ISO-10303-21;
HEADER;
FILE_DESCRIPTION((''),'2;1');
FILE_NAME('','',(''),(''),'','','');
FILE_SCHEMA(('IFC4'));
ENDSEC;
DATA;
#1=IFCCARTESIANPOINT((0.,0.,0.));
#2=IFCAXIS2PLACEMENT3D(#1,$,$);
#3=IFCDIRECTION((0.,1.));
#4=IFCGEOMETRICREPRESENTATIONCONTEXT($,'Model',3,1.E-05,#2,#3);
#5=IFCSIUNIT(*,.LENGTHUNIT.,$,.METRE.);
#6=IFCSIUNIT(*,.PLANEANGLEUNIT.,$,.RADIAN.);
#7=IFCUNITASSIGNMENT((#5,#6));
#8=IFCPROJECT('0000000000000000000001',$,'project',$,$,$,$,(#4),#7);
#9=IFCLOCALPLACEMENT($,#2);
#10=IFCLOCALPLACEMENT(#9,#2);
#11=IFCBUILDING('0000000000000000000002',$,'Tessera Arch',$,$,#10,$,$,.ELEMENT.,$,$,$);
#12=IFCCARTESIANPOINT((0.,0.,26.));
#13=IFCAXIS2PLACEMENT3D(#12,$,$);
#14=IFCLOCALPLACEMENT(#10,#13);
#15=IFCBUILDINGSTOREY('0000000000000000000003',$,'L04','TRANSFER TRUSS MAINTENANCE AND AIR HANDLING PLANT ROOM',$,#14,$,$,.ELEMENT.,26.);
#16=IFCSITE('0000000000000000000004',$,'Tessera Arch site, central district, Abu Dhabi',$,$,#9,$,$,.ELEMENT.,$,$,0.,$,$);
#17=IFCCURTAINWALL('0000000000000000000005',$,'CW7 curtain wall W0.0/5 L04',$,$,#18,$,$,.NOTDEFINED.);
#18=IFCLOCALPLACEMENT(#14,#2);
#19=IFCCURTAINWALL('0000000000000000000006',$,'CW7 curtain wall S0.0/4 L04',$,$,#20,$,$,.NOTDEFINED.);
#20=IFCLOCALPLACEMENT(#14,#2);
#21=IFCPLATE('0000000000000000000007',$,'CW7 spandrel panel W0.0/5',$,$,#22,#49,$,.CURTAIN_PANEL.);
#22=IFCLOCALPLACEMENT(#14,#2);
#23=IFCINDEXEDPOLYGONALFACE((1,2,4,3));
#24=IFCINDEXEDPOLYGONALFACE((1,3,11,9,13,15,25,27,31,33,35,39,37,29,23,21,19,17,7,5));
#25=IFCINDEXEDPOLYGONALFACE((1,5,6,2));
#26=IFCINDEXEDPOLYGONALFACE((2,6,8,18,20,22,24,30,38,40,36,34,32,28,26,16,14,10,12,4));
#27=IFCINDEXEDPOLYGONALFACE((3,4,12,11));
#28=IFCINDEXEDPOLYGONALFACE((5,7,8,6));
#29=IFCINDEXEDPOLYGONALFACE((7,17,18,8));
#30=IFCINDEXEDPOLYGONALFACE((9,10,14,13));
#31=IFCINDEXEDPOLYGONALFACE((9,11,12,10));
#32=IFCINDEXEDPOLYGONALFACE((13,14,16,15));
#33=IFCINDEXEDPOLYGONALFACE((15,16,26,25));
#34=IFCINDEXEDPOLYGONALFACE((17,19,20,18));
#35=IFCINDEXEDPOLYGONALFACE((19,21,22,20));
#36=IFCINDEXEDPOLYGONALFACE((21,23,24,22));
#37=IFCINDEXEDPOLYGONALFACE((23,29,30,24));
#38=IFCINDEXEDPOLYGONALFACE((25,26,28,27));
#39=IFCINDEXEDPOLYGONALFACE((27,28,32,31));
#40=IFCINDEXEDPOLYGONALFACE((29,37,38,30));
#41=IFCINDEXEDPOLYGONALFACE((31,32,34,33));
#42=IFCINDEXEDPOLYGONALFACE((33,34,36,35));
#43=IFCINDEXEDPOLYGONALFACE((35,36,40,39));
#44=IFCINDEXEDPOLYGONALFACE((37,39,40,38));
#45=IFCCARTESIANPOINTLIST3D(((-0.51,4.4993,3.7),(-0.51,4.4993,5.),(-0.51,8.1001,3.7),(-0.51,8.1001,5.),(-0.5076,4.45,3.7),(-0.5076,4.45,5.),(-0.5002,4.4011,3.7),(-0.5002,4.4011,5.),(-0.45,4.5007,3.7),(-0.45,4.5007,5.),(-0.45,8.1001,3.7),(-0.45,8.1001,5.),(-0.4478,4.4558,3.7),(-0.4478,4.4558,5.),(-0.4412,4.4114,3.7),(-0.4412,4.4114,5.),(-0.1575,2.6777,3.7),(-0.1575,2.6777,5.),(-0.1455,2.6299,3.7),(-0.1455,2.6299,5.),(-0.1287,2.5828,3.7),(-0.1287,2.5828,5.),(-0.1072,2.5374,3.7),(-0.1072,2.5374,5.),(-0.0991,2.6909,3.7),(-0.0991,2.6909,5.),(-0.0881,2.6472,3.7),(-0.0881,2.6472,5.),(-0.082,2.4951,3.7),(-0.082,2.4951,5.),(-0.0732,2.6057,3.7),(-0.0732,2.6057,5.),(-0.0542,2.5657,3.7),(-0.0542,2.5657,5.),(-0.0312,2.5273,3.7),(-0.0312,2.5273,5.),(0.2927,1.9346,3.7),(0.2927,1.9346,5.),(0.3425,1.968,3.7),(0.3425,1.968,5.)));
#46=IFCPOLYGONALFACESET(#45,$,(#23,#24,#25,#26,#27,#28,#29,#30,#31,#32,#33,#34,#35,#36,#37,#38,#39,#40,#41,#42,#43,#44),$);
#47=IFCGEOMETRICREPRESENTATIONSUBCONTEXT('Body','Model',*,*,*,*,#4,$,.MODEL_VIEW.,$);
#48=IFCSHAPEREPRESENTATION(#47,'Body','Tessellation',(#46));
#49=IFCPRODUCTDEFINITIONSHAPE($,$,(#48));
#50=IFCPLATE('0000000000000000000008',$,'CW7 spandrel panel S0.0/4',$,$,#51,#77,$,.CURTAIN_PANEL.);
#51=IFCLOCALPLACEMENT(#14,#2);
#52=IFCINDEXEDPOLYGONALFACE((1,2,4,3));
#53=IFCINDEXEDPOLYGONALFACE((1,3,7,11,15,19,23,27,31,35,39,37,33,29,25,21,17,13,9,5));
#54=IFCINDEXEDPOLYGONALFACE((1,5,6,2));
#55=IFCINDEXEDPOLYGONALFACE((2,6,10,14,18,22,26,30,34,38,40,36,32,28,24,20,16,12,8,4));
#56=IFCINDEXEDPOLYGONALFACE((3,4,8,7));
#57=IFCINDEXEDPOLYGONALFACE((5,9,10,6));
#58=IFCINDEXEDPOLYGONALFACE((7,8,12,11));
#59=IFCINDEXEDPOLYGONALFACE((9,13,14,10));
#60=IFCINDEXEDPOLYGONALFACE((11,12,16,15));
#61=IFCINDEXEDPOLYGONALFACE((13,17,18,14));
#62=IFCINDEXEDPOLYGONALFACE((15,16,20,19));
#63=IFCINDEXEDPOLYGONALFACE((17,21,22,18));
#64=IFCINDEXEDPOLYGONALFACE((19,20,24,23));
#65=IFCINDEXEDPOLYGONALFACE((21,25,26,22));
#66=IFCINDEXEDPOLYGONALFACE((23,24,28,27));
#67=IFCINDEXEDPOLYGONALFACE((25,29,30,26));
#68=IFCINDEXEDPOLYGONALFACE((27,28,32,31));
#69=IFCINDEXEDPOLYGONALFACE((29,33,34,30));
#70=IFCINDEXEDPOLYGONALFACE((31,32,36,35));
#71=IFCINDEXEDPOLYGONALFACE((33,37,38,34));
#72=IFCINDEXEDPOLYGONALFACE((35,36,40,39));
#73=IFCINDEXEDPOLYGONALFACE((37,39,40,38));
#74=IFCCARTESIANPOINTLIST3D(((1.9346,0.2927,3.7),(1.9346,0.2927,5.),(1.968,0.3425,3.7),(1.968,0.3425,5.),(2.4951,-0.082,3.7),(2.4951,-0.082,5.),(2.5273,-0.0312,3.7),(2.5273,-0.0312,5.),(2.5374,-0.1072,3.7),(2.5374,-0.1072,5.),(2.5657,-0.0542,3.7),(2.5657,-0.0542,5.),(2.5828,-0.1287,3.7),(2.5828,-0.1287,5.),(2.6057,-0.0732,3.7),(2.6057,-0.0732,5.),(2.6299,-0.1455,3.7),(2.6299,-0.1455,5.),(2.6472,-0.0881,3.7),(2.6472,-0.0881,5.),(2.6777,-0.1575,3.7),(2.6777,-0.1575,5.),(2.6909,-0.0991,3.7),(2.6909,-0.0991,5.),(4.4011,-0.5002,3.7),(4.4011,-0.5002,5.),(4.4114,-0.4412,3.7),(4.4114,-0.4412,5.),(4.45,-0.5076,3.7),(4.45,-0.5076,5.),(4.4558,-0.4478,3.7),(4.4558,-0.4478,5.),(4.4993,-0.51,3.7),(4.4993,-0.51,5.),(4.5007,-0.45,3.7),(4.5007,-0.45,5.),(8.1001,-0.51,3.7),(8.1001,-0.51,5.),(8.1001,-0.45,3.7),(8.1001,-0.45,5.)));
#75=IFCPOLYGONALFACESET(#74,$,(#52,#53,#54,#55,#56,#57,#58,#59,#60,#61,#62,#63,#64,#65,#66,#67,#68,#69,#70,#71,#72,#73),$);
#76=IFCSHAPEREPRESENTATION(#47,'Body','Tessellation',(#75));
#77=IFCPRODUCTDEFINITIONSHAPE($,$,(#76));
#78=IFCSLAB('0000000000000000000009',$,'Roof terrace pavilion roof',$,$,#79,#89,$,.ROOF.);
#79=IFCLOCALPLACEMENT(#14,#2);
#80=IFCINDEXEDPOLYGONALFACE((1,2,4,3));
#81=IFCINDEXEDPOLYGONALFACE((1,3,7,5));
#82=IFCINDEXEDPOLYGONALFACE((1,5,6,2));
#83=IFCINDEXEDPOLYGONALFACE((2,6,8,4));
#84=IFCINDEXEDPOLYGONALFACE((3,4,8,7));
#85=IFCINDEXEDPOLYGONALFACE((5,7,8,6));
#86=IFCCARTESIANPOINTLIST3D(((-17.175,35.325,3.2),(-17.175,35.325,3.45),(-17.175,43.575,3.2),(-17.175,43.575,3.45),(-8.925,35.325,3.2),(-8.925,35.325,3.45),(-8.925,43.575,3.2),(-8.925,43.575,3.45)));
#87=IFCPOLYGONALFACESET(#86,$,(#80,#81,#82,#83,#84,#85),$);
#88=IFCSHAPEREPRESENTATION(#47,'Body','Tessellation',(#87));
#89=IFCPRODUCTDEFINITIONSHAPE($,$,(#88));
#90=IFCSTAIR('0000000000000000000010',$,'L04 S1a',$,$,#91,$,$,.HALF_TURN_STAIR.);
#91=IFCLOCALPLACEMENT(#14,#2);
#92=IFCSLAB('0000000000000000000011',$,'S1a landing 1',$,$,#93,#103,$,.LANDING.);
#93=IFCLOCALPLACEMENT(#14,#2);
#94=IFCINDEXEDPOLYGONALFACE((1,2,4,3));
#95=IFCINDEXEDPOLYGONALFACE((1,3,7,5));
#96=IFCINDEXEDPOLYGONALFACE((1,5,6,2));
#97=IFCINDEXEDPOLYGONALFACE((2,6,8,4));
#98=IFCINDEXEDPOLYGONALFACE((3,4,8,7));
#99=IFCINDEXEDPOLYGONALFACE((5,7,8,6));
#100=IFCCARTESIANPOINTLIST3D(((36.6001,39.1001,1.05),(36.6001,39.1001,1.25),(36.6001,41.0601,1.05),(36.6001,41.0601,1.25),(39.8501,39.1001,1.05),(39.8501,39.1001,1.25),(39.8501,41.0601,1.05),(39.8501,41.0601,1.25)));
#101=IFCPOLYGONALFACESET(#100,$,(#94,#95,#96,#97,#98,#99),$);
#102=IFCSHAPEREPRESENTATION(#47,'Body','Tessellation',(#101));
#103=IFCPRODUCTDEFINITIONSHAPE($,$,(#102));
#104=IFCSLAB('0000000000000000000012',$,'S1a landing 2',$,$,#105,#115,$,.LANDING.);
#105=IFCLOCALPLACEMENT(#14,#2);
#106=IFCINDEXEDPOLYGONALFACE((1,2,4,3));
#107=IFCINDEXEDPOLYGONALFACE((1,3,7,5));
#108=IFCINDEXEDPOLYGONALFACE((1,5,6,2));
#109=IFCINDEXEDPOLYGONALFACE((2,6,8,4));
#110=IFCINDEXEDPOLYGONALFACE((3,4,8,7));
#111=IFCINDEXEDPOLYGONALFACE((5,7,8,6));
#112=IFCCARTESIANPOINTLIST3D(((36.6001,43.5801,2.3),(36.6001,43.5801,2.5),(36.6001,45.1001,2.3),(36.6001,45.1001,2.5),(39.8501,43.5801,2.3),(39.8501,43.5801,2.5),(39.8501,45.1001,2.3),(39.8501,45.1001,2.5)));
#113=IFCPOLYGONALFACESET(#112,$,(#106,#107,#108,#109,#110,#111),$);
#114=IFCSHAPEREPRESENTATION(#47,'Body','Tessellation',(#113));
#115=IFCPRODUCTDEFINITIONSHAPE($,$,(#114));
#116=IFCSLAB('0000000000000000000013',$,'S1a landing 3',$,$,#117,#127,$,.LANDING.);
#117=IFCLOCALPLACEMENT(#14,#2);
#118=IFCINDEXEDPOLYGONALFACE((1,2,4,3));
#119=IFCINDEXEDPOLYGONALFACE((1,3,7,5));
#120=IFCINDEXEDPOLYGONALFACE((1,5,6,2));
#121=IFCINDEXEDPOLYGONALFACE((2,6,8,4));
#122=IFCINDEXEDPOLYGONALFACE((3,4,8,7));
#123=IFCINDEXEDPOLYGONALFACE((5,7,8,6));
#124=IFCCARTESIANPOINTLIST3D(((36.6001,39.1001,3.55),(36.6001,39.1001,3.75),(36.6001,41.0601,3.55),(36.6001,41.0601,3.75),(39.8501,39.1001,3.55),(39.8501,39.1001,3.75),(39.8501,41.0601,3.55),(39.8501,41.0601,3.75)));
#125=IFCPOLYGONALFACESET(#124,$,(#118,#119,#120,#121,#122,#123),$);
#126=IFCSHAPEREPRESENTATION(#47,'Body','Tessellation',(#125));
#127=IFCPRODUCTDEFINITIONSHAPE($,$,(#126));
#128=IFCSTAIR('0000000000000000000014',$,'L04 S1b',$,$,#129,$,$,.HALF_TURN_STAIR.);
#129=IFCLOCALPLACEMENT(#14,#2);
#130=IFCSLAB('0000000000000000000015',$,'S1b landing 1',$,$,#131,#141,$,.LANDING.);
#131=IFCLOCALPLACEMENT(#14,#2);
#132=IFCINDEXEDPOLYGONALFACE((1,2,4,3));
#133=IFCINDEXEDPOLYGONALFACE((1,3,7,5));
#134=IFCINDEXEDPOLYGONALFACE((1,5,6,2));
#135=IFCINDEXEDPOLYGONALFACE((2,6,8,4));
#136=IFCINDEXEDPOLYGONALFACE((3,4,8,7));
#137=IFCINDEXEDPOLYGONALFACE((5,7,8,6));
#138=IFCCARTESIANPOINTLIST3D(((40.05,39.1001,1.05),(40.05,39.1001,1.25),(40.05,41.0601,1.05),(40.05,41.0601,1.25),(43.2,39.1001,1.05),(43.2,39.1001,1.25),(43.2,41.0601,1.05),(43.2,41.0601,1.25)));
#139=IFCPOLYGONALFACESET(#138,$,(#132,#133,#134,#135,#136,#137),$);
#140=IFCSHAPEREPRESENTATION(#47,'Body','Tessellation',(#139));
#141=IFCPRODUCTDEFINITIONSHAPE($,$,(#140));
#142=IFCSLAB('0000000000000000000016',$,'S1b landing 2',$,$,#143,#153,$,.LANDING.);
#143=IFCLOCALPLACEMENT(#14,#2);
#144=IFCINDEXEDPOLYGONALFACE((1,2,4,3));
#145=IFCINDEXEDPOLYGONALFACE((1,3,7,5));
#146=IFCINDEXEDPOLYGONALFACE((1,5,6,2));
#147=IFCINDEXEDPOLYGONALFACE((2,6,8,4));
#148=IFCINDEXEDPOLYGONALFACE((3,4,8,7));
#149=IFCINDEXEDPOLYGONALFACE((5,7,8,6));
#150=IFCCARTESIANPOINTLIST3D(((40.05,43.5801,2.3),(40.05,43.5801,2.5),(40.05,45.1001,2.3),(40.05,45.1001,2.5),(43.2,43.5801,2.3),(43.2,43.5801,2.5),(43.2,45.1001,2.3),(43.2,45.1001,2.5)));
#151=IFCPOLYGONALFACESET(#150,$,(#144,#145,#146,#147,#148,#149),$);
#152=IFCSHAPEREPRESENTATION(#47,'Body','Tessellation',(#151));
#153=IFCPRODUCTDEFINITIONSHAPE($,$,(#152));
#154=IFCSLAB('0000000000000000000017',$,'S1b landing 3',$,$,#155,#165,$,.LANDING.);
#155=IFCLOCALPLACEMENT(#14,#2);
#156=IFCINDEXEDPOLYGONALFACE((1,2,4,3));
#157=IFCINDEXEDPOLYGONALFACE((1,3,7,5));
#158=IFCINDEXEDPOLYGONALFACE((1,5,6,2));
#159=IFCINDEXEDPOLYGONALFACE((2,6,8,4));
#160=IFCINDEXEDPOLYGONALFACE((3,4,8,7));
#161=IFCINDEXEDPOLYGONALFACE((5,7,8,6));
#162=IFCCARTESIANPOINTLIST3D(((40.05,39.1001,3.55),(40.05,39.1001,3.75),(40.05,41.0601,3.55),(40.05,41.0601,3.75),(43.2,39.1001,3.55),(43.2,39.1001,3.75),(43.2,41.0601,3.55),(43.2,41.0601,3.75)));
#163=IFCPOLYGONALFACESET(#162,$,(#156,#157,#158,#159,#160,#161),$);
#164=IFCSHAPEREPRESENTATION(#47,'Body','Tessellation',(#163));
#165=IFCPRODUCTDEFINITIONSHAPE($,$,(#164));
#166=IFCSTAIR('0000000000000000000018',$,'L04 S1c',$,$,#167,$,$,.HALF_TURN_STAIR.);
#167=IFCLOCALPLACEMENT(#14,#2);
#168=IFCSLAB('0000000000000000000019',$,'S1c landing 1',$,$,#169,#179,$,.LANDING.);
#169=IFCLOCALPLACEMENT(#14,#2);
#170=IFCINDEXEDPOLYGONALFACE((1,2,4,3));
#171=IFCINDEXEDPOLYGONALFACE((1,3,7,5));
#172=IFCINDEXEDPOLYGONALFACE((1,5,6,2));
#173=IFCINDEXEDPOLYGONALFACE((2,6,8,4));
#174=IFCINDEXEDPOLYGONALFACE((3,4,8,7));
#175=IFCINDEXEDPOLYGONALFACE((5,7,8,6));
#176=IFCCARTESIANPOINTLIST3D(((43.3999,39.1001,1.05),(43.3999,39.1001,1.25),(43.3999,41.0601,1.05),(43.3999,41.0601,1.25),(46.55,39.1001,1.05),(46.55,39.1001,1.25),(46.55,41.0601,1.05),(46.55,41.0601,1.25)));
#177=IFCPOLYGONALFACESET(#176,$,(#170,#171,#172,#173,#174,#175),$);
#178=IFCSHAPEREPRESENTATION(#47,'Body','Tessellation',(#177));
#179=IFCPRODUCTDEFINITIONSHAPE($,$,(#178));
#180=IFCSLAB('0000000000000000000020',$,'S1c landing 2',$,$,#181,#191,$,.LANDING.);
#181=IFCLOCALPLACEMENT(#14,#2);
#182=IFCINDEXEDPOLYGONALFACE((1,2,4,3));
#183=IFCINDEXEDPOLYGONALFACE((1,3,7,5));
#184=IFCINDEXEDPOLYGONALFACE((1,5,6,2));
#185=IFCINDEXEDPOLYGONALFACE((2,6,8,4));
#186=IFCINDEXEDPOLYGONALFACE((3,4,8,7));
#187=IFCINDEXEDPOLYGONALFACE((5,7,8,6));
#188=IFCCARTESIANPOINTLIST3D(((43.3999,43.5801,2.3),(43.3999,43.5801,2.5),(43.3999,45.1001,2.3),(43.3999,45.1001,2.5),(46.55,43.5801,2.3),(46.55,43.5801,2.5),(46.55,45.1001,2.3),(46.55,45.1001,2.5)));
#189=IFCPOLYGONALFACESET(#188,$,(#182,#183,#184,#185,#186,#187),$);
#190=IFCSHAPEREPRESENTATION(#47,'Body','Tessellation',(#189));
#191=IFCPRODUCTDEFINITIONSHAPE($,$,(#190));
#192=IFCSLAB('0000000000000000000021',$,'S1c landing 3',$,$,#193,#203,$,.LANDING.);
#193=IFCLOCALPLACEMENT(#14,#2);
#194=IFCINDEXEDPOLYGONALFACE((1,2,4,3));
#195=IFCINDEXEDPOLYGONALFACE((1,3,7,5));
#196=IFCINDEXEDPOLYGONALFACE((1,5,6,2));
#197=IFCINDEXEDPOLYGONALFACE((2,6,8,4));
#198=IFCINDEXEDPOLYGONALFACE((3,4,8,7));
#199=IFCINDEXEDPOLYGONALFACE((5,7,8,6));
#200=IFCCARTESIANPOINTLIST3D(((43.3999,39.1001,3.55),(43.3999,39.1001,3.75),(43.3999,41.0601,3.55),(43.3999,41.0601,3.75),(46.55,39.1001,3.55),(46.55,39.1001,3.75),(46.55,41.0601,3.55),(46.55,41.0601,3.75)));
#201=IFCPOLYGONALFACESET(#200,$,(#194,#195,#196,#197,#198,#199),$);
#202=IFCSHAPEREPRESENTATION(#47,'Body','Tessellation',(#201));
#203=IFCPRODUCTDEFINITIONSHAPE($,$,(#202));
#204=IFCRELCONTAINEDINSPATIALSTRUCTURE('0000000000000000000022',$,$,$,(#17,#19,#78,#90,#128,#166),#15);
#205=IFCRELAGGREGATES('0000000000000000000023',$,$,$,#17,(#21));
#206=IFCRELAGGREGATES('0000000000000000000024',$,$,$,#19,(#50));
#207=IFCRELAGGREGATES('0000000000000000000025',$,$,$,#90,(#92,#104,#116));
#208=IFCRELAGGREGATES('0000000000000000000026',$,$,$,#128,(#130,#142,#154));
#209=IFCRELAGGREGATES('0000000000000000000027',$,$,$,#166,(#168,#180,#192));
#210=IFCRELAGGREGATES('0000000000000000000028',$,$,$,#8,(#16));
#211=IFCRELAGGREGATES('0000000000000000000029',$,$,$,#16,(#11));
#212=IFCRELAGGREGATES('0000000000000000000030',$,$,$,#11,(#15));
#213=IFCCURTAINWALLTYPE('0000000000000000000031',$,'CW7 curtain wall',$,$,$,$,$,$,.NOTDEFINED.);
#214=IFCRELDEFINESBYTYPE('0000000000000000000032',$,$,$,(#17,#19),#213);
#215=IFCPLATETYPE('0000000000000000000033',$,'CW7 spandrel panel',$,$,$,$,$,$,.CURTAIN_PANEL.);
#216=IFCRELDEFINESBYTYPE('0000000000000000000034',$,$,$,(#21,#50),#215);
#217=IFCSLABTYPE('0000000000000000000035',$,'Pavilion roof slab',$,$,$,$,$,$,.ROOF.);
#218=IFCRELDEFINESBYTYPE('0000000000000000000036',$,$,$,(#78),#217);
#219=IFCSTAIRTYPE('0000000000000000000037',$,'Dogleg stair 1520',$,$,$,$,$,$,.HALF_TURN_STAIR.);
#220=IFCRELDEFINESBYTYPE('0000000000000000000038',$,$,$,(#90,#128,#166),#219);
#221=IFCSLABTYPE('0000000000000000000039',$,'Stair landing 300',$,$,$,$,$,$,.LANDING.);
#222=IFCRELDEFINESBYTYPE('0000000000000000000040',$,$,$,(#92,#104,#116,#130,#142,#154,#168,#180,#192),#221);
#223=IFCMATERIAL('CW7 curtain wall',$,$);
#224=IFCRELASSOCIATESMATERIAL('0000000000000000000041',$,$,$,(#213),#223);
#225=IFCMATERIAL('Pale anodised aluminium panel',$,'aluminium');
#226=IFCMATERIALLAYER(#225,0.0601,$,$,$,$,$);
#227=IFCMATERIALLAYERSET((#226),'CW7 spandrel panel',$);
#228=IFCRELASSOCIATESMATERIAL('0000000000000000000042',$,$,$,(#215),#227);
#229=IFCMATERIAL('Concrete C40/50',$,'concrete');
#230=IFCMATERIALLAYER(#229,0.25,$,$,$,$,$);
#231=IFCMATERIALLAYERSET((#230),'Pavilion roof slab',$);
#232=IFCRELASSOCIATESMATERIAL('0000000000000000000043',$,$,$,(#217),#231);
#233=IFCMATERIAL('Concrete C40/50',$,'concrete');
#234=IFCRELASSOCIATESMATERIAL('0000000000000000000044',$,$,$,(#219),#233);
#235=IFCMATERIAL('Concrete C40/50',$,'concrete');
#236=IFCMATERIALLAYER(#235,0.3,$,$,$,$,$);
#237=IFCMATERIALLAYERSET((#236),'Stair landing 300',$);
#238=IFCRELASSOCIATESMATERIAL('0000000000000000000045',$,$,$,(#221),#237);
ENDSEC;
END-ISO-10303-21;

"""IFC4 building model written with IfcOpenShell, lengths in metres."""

from ifc_helpers import new_model, si_unit, direction, frame, origin, place, context, subcontext, project, spatial, polyline, outline, extrude, material, layer, layer_set, type_object, element, aggregate, save


model = new_model("IFC4")

# Units and contexts
model_context = context("Model", 3, precision=1e-05, world=origin(), true_north=direction((0.0, 1.0)))
body_context = subcontext(model_context, "Body", "Model", "MODEL_VIEW")
ifc_project = project(units=[si_unit("LENGTHUNIT", "METRE"), si_unit("PLANEANGLEUNIT", "RADIAN")], contexts=[model_context])

# Site, building, storey
site_placement = place(None, origin())
site = spatial("IfcSite", under=ifc_project, at=site_placement, Name="Tessera Arch site, central district, Abu Dhabi", CompositionType="ELEMENT", RefElevation=0.0)
building_placement = place(site_placement, origin())
building = spatial("IfcBuilding", under=site, at=building_placement, Name="Tessera Arch", CompositionType="ELEMENT")
storey_placement = place(building_placement, frame((0.0, 0.0, 26.0)))
storey = spatial("IfcBuildingStorey", under=building, at=storey_placement, Name="L04", Description="TRANSFER TRUSS MAINTENANCE AND AIR HANDLING PLANT ROOM", CompositionType="ELEMENT", Elevation=26.0)

# Curtain walls
ifc_material_1 = material(Name="CW7 curtain wall")
curtain_wall_type = type_object("IfcCurtainWallType", Name="CW7 curtain wall", PredefinedType="NOTDEFINED", material=ifc_material_1)
curtain_wall_1_placement = place(storey_placement, origin())
curtain_wall_1 = element("IfcCurtainWall", 1, at=curtain_wall_1_placement, inside=storey, type_object=curtain_wall_type, Name="CW7 curtain wall W0.0/5 L04", PredefinedType="NOTDEFINED")
curtain_wall_2_placement = place(storey_placement, origin())
curtain_wall_2 = element("IfcCurtainWall", 2, at=curtain_wall_2_placement, inside=storey, type_object=curtain_wall_type, Name="CW7 curtain wall S0.0/4 L04", PredefinedType="NOTDEFINED")

# Plates
ifc_material_2 = material(Name="Pale anodised aluminium panel", Category="aluminium")
ifc_layer_1 = layer(ifc_material_2, 0.0601)
ifc_layer_set_1 = layer_set([ifc_layer_1], Name="CW7 spandrel panel")
plate_type = type_object("IfcPlateType", Name="CW7 spandrel panel", PredefinedType="CURTAIN_PANEL", material=ifc_layer_set_1)
plate_1_placement = place(storey_placement, frame((0.0, 0.0, 3.7)))
plate_1 = element("IfcPlate", 3, at=plate_1_placement, type_object=plate_type, Name="CW7 spandrel panel W0.0/5", PredefinedType="CURTAIN_PANEL", context=body_context, shape_type="SweptSolid", body=[
    extrude(outline(polyline([(-0.45, 4.5007), (-0.45, 8.1001), (-0.51, 8.1001), (-0.51, 4.4993), (-0.5076, 4.45), (-0.5002, 4.4011), (-0.1575, 2.6777), (-0.1455, 2.6299), (-0.1287, 2.5828), (-0.1072, 2.5374), (-0.082, 2.4951), (0.2927, 1.9346), (0.3425, 1.968), (-0.0312, 2.5273), (-0.0542, 2.5657), (-0.0732, 2.6057), (-0.0881, 2.6472), (-0.0991, 2.6909), (-0.4412, 4.4114), (-0.4478, 4.4558), (-0.45, 4.5007)])), origin(), (0.0, 0.0, 1.0), 1.3),
])
aggregate(curtain_wall_1, [plate_1])
plate_2_placement = place(storey_placement, frame((0.0, 0.0, 3.7)))
plate_2 = element("IfcPlate", 4, at=plate_2_placement, type_object=plate_type, Name="CW7 spandrel panel S0.0/4", PredefinedType="CURTAIN_PANEL", context=body_context, shape_type="SweptSolid", body=[
    extrude(outline(polyline([(2.5273, -0.0312), (1.968, 0.3425), (1.9346, 0.2927), (2.4951, -0.082), (2.5374, -0.1072), (2.5828, -0.1287), (2.6299, -0.1455), (2.6777, -0.1575), (4.4011, -0.5002), (4.45, -0.5076), (4.4993, -0.51), (8.1001, -0.51), (8.1001, -0.45), (4.5007, -0.45), (4.4558, -0.4478), (4.4114, -0.4412), (2.6909, -0.0991), (2.6472, -0.0881), (2.6057, -0.0732), (2.5657, -0.0542), (2.5273, -0.0312)])), origin(), (0.0, 0.0, 1.0), 1.3),
])
aggregate(curtain_wall_2, [plate_2])

# Slab
ifc_material_3 = material(Name="Concrete C40/50", Category="concrete")
ifc_layer_2 = layer(ifc_material_3, 0.25)
ifc_layer_set_2 = layer_set([ifc_layer_2], Name="Pavilion roof slab")
slab_type_1 = type_object("IfcSlabType", Name="Pavilion roof slab", PredefinedType="ROOF", material=ifc_layer_set_2)
slab_1_placement = place(storey_placement, frame((0.0, 0.0, 3.2)))
element("IfcSlab", 5, at=slab_1_placement, inside=storey, type_object=slab_type_1, Name="Roof terrace pavilion roof", PredefinedType="ROOF", context=body_context, shape_type="SweptSolid", body=[
    extrude(outline(polyline([(-17.175, 35.325), (-8.925, 35.325), (-8.925, 43.575), (-17.175, 43.575), (-17.175, 35.325)])), origin(), (0.0, 0.0, 1.0), 0.25),
])

# Stairs, slabs
ifc_material_4 = material(Name="Concrete C40/50", Category="concrete")
stair_type_1 = type_object("IfcStairType", Name="Dogleg stair 1520", PredefinedType="HALF_TURN_STAIR", material=ifc_material_4)
stair_1_placement = place(storey_placement, origin())
stair_1 = element("IfcStair", 6, at=stair_1_placement, inside=storey, type_object=stair_type_1, Name="L04 S1a", PredefinedType="HALF_TURN_STAIR")
ifc_material_5 = material(Name="Concrete C40/50", Category="concrete")
ifc_layer_3 = layer(ifc_material_5, 0.3)
ifc_layer_set_3 = layer_set([ifc_layer_3], Name="Stair landing 300")
slab_type_2 = type_object("IfcSlabType", Name="Stair landing 300", PredefinedType="LANDING", material=ifc_layer_set_3)
slab_2_placement = place(storey_placement, frame((0.0, 0.0, 1.05)))
slab_2 = element("IfcSlab", 7, at=slab_2_placement, type_object=slab_type_2, Name="S1a landing 1", PredefinedType="LANDING", context=body_context, shape_type="SweptSolid", body=[
    extrude(outline(polyline([(36.6001, 41.0601), (36.6001, 39.1001), (39.8501, 39.1001), (39.8501, 41.0601), (36.6001, 41.0601)])), origin(), (0.0, 0.0, 1.0), 0.2),
])
slab_3_placement = place(storey_placement, frame((0.0, 0.0, 2.3)))
slab_3 = element("IfcSlab", 8, at=slab_3_placement, type_object=slab_type_2, Name="S1a landing 2", PredefinedType="LANDING", context=body_context, shape_type="SweptSolid", body=[
    extrude(outline(polyline([(36.6001, 45.1001), (36.6001, 43.5801), (39.8501, 43.5801), (39.8501, 45.1001), (36.6001, 45.1001)])), origin(), (0.0, 0.0, 1.0), 0.2),
])
slab_4_placement = place(storey_placement, frame((0.0, 0.0, 3.55)))
slab_4 = element("IfcSlab", 9, at=slab_4_placement, type_object=slab_type_2, Name="S1a landing 3", PredefinedType="LANDING", context=body_context, shape_type="SweptSolid", body=[
    extrude(outline(polyline([(36.6001, 41.0601), (36.6001, 39.1001), (39.8501, 39.1001), (39.8501, 41.0601), (36.6001, 41.0601)])), origin(), (0.0, 0.0, 1.0), 0.2),
])
aggregate(stair_1, [slab_2, slab_3, slab_4])
stair_2_placement = place(storey_placement, origin())
stair_2 = element("IfcStair", 10, at=stair_2_placement, inside=storey, type_object=stair_type_1, Name="L04 S1b", PredefinedType="HALF_TURN_STAIR")
slab_5_placement = place(storey_placement, frame((0.0, 0.0, 1.05)))
slab_5 = element("IfcSlab", 11, at=slab_5_placement, type_object=slab_type_2, Name="S1b landing 1", PredefinedType="LANDING", context=body_context, shape_type="SweptSolid", body=[
    extrude(outline(polyline([(40.05, 41.0601), (40.05, 39.1001), (43.2, 39.1001), (43.2, 41.0601), (40.05, 41.0601)])), origin(), (0.0, 0.0, 1.0), 0.2),
])
slab_6_placement = place(storey_placement, frame((0.0, 0.0, 2.3)))
slab_6 = element("IfcSlab", 12, at=slab_6_placement, type_object=slab_type_2, Name="S1b landing 2", PredefinedType="LANDING", context=body_context, shape_type="SweptSolid", body=[
    extrude(outline(polyline([(40.05, 45.1001), (40.05, 43.5801), (43.2, 43.5801), (43.2, 45.1001), (40.05, 45.1001)])), origin(), (0.0, 0.0, 1.0), 0.2),
])
slab_7_placement = place(storey_placement, frame((0.0, 0.0, 3.55)))
slab_7 = element("IfcSlab", 13, at=slab_7_placement, type_object=slab_type_2, Name="S1b landing 3", PredefinedType="LANDING", context=body_context, shape_type="SweptSolid", body=[
    extrude(outline(polyline([(40.05, 41.0601), (40.05, 39.1001), (43.2, 39.1001), (43.2, 41.0601), (40.05, 41.0601)])), origin(), (0.0, 0.0, 1.0), 0.2),
])
aggregate(stair_2, [slab_5, slab_6, slab_7])
stair_3_placement = place(storey_placement, origin())
stair_3 = element("IfcStair", 14, at=stair_3_placement, inside=storey, type_object=stair_type_1, Name="L04 S1c", PredefinedType="HALF_TURN_STAIR")
slab_8_placement = place(storey_placement, frame((0.0, 0.0, 1.05)))
slab_8 = element("IfcSlab", 15, at=slab_8_placement, type_object=slab_type_2, Name="S1c landing 1", PredefinedType="LANDING", context=body_context, shape_type="SweptSolid", body=[
    extrude(outline(polyline([(43.3999, 41.0601), (43.3999, 39.1001), (46.55, 39.1001), (46.55, 41.0601), (43.3999, 41.0601)])), origin(), (0.0, 0.0, 1.0), 0.2),
])
slab_9_placement = place(storey_placement, frame((0.0, 0.0, 2.3)))
slab_9 = element("IfcSlab", 16, at=slab_9_placement, type_object=slab_type_2, Name="S1c landing 2", PredefinedType="LANDING", context=body_context, shape_type="SweptSolid", body=[
    extrude(outline(polyline([(43.3999, 45.1001), (43.3999, 43.5801), (46.55, 43.5801), (46.55, 45.1001), (43.3999, 45.1001)])), origin(), (0.0, 0.0, 1.0), 0.2),
])
slab_10_placement = place(storey_placement, frame((0.0, 0.0, 3.55)))
slab_10 = element("IfcSlab", 17, at=slab_10_placement, type_object=slab_type_2, Name="S1c landing 3", PredefinedType="LANDING", context=body_context, shape_type="SweptSolid", body=[
    extrude(outline(polyline([(43.3999, 41.0601), (43.3999, 39.1001), (46.55, 39.1001), (46.55, 41.0601), (43.3999, 41.0601)])), origin(), (0.0, 0.0, 1.0), 0.2),
])
aggregate(stair_3, [slab_8, slab_9, slab_10])

save(model, "model.ifc")
